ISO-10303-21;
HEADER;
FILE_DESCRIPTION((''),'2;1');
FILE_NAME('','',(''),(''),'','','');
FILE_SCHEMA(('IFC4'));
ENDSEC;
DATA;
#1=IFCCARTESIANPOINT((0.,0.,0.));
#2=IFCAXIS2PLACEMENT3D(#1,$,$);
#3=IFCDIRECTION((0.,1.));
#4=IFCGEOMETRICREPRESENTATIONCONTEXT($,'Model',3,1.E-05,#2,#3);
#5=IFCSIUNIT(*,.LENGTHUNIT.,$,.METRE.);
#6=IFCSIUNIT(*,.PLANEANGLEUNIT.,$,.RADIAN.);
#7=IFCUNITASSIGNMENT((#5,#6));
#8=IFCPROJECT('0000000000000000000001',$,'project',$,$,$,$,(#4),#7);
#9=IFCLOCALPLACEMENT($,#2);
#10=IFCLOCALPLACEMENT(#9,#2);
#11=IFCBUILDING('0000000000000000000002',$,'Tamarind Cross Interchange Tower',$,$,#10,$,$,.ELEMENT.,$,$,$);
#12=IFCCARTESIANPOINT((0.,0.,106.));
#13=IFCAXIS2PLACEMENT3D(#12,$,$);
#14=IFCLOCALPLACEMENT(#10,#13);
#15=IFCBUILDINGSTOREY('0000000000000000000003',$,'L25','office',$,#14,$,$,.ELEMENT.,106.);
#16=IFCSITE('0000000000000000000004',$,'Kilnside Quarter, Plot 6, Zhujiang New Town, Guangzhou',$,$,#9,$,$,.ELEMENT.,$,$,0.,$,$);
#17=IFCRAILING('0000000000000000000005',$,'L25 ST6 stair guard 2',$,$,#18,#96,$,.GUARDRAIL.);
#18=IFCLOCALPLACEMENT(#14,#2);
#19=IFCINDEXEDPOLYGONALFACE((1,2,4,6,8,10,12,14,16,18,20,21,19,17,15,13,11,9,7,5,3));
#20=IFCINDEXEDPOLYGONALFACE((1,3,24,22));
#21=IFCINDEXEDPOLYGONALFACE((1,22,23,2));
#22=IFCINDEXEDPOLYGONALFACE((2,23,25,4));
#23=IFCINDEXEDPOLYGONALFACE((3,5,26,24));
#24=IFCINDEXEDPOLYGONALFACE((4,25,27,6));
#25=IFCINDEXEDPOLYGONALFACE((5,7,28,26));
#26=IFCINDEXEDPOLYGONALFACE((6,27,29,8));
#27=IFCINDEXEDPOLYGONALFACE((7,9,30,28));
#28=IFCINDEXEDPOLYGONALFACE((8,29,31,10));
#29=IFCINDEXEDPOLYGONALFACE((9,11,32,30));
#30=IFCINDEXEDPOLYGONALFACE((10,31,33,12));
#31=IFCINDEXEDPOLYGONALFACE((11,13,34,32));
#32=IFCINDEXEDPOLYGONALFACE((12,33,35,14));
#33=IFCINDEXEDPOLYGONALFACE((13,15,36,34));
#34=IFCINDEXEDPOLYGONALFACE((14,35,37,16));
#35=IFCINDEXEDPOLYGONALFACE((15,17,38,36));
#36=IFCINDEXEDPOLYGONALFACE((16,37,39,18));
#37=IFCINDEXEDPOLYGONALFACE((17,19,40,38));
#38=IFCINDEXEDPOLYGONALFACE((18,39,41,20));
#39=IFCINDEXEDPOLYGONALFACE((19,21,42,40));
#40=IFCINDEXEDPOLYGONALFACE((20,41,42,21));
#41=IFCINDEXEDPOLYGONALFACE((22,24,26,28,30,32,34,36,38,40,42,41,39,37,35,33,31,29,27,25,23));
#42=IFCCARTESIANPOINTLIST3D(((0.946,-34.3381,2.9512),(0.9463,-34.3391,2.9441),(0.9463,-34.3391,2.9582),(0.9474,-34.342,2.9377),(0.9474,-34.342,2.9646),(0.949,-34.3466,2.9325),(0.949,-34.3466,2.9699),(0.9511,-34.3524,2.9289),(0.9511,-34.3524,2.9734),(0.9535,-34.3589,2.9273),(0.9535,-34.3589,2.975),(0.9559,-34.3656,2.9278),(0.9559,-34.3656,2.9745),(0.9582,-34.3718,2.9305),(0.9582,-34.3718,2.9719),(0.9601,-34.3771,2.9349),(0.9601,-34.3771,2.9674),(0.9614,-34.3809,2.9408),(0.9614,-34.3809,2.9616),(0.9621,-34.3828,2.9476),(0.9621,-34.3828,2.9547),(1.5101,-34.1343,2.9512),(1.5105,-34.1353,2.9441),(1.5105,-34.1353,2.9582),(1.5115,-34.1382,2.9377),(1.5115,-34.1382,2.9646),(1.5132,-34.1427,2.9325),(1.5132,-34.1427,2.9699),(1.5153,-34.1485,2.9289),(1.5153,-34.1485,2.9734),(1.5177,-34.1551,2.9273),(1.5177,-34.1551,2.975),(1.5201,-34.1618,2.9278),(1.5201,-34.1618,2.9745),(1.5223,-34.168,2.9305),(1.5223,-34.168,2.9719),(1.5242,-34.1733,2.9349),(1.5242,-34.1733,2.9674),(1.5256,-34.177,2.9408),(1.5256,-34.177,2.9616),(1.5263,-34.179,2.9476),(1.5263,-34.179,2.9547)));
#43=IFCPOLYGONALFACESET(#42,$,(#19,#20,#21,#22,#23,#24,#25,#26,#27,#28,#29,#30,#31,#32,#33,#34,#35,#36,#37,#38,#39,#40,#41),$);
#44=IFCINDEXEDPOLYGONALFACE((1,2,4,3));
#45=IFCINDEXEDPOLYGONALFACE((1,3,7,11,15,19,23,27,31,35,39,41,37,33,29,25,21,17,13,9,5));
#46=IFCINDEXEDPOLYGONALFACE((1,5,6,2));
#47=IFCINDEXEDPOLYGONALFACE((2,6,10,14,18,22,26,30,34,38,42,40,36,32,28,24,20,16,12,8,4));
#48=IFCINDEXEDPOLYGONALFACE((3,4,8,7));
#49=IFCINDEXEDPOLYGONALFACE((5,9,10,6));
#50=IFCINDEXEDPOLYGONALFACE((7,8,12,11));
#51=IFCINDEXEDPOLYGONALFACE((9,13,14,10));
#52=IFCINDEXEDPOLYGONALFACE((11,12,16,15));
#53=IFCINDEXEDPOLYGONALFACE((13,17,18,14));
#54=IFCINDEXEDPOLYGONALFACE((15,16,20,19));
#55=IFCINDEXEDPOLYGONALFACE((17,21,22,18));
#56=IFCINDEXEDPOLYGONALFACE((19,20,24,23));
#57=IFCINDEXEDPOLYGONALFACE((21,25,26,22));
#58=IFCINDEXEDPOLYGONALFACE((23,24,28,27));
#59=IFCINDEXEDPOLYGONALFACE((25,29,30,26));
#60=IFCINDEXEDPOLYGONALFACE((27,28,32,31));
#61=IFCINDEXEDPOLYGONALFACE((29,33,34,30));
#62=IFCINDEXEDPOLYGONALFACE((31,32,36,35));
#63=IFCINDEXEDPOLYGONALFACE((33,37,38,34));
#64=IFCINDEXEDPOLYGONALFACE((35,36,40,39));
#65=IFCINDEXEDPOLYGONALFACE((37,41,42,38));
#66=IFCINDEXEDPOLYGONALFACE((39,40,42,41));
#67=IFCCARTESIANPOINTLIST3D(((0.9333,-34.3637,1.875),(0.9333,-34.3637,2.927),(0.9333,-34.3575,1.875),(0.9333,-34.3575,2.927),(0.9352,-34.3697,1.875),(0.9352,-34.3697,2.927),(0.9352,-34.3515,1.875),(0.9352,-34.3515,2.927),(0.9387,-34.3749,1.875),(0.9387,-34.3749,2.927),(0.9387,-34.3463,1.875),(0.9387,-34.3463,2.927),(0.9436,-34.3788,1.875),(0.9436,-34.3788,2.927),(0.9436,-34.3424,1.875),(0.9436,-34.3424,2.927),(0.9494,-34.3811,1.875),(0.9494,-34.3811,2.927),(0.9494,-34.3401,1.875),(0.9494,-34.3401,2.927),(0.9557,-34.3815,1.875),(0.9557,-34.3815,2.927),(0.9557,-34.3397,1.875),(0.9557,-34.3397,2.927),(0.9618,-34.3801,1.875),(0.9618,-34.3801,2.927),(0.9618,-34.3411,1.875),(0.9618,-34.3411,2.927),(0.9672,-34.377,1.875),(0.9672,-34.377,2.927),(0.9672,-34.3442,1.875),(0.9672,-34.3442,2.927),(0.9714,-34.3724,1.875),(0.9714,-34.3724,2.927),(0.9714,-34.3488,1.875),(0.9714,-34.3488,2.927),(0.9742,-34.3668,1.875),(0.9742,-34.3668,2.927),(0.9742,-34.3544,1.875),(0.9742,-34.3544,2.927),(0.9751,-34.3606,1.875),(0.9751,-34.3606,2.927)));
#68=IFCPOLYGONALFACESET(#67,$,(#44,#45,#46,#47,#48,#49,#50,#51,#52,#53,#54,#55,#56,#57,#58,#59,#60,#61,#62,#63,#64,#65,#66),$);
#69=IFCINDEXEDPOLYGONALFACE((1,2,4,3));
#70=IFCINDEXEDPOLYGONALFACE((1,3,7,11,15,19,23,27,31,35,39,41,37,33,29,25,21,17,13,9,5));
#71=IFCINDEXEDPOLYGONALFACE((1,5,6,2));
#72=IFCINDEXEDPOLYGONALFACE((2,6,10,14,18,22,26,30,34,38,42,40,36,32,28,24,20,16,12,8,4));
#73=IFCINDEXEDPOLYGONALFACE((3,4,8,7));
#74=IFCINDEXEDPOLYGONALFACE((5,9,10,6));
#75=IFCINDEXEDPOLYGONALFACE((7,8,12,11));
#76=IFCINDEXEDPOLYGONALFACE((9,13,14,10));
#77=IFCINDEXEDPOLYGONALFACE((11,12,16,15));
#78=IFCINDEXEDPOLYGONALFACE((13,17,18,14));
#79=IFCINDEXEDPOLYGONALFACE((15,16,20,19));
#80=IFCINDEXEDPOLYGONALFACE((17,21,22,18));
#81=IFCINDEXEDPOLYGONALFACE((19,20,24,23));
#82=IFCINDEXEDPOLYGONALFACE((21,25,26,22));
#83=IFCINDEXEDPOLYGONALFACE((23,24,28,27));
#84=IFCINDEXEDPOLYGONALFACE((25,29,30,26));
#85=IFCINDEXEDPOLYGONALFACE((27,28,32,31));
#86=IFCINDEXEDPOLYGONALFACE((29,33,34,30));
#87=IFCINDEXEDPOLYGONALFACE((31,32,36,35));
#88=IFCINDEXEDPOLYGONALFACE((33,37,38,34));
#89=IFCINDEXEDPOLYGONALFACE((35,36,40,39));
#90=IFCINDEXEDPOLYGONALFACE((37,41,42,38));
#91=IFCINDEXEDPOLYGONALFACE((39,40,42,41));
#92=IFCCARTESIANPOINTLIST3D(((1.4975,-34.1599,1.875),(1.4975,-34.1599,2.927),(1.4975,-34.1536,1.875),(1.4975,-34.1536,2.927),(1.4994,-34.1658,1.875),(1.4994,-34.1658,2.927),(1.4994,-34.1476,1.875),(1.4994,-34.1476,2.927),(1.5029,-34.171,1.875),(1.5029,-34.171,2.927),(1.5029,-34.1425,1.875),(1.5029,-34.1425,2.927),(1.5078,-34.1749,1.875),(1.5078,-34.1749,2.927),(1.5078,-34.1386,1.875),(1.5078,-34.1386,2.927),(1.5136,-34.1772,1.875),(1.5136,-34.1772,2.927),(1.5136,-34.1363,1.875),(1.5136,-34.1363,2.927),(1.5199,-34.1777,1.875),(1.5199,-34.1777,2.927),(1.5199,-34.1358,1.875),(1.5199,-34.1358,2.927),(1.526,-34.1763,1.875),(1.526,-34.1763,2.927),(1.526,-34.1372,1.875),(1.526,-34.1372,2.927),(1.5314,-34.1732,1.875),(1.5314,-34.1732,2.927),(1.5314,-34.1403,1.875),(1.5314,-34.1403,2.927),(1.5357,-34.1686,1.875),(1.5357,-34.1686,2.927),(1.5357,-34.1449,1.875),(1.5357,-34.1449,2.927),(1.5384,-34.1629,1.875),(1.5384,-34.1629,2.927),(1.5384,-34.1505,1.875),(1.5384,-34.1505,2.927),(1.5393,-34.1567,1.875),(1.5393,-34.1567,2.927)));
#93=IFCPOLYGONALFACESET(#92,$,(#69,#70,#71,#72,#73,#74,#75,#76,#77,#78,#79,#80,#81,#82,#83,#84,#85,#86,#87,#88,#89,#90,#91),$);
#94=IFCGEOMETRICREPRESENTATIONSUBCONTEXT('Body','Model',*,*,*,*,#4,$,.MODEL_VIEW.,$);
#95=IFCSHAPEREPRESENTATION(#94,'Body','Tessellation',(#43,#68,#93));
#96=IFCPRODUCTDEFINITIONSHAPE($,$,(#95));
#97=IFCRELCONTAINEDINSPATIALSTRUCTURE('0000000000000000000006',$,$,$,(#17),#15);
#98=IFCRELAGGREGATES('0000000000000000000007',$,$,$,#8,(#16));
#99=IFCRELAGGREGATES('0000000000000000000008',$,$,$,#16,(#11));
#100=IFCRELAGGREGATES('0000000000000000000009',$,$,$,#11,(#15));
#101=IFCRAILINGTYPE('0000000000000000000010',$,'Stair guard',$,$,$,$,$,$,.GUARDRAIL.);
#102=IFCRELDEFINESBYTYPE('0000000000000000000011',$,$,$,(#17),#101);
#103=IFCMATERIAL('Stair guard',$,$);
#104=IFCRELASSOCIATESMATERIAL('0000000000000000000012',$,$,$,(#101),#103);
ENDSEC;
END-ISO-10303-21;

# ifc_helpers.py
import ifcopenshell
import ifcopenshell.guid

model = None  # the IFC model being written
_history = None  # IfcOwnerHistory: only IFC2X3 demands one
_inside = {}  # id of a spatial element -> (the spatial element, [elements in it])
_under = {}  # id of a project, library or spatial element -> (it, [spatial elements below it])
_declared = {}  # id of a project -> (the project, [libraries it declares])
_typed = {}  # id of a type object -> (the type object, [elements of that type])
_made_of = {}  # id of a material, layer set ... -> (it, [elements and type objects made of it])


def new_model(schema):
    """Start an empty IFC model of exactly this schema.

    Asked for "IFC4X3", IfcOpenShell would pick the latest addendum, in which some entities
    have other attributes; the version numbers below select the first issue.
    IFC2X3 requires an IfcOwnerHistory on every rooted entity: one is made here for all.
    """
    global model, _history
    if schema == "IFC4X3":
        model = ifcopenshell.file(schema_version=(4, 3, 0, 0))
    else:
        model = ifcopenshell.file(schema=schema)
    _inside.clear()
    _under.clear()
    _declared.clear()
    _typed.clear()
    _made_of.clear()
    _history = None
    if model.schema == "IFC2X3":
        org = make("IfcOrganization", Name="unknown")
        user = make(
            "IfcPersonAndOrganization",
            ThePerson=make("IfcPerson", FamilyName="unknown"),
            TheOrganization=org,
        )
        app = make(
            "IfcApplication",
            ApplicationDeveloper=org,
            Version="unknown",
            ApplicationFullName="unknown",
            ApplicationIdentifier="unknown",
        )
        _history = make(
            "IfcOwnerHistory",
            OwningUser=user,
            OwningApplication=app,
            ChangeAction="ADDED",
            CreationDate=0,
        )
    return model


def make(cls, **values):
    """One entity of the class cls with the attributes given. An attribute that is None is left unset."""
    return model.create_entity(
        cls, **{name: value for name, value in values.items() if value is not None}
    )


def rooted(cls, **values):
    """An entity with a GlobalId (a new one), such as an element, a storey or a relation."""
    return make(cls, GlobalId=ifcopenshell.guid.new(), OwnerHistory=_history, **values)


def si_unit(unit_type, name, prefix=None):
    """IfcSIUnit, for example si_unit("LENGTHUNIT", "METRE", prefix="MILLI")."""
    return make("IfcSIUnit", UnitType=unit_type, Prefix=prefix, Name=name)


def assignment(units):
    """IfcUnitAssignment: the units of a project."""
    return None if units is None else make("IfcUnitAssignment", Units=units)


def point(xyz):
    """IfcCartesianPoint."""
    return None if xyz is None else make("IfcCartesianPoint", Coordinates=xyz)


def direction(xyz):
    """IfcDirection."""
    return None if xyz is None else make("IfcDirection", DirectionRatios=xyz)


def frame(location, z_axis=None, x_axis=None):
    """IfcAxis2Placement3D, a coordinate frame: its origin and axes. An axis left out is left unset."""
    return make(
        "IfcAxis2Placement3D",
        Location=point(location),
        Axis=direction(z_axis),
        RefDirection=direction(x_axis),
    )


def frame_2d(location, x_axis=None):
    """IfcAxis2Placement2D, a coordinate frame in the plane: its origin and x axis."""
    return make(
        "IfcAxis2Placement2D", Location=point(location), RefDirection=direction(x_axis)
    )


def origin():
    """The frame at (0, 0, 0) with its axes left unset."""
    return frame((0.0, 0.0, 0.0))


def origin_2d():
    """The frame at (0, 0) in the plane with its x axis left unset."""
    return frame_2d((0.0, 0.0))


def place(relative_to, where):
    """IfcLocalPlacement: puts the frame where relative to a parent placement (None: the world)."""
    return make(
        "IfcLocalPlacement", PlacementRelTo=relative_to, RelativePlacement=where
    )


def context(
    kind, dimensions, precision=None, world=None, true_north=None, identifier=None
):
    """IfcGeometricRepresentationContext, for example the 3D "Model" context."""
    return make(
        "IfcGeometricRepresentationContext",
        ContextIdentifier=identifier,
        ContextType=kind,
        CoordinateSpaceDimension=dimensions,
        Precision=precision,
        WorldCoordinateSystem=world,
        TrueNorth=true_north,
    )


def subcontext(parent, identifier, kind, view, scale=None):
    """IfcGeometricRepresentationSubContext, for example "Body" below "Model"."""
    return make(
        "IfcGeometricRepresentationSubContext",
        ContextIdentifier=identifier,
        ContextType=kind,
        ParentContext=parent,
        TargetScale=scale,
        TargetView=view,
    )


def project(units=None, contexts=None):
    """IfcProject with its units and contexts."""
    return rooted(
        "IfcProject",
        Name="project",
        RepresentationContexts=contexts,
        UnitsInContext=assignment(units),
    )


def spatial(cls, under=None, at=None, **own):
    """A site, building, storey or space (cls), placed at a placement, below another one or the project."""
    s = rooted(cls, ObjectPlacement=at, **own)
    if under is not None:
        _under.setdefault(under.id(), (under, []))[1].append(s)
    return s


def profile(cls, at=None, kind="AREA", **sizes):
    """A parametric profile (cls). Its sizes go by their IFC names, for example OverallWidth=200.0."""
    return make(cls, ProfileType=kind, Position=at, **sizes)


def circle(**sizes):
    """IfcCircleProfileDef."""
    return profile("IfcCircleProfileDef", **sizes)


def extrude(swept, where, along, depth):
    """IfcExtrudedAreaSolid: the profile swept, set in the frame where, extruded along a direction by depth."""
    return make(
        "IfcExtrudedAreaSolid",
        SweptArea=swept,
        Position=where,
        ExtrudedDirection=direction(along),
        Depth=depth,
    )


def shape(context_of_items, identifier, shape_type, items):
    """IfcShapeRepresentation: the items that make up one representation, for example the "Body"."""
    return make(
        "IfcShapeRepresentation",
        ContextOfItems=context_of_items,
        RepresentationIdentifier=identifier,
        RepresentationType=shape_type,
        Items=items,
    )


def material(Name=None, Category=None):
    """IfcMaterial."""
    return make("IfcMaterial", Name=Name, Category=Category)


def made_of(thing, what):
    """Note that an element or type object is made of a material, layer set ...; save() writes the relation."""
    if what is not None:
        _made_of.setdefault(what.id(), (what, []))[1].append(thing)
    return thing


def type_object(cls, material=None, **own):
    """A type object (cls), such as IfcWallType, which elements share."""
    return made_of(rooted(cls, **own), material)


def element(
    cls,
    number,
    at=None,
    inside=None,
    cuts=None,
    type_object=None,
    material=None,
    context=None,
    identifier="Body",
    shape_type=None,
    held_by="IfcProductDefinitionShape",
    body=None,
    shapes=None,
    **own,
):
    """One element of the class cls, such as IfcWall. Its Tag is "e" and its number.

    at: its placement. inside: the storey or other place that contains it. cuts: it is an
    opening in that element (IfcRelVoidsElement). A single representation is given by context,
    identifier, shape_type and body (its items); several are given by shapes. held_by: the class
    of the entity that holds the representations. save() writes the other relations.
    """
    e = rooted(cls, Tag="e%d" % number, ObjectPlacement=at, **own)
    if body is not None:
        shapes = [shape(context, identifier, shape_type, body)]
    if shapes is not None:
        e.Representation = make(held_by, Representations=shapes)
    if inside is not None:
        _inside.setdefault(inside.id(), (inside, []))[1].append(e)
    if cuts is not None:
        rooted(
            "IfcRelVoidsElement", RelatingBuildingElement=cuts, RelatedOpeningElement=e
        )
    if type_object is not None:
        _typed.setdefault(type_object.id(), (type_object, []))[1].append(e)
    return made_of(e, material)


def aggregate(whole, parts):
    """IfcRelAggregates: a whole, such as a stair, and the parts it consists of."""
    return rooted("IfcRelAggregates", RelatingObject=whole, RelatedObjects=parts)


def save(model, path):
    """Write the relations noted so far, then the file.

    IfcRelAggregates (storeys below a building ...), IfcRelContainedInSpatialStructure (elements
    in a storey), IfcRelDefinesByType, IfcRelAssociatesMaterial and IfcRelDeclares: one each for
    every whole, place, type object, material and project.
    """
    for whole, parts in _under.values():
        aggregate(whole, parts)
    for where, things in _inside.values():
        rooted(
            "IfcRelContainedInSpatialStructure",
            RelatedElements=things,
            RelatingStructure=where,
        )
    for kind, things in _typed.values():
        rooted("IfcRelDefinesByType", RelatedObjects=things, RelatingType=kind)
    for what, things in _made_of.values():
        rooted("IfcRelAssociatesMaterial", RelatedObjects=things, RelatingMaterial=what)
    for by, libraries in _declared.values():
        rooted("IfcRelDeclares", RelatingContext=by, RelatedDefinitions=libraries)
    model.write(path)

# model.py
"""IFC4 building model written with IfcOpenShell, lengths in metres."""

from ifc_helpers import new_model, si_unit, direction, frame, origin, origin_2d, place, context, subcontext, project, spatial, circle, extrude, material, type_object, element, save


model = new_model("IFC4")

# Units and contexts
model_context = context("Model", 3, precision=1e-05, world=origin(), true_north=direction((0.0, 1.0)))
body_context = subcontext(model_context, "Body", "Model", "MODEL_VIEW")
ifc_project = project(units=[si_unit("LENGTHUNIT", "METRE"), si_unit("PLANEANGLEUNIT", "RADIAN")], contexts=[model_context])

# Site, building, storey
site_placement = place(None, origin())
site = spatial("IfcSite", under=ifc_project, at=site_placement, Name="Kilnside Quarter, Plot 6, Zhujiang New Town, Guangzhou", CompositionType="ELEMENT", RefElevation=0.0)
building_placement = place(site_placement, origin())
building = spatial("IfcBuilding", under=site, at=building_placement, Name="Tamarind Cross Interchange Tower", CompositionType="ELEMENT")
storey_placement = place(building_placement, frame((0.0, 0.0, 106.0)))
storey = spatial("IfcBuildingStorey", under=building, at=storey_placement, Name="L25", Description="office", CompositionType="ELEMENT", Elevation=106.0)

# Railing
ifc_material_1 = material(Name="Stair guard")
railing_type_1 = type_object("IfcRailingType", Name="Stair guard", PredefinedType="GUARDRAIL", material=ifc_material_1)
railing_1_placement = place(storey_placement, frame((0.9541, -34.3606, 1.875)))
element("IfcRailing", 1, at=railing_1_placement, inside=storey, type_object=railing_type_1, Name="L25 ST6 stair guard 2", PredefinedType="GUARDRAIL", context=body_context, shape_type="SweptSolid", body=[
    extrude(circle(Radius=0.0239, at=origin_2d()), frame((0.0, 0.0, 1.0762), z_axis=(0.940492, 0.339814, 0.0), x_axis=(-0.339814, 0.940492, 0.0)), (0.0, 0.0, 1.0), 0.5999),
    extrude(circle(Radius=0.021, at=origin_2d()), origin(), (0.0, 0.0, 1.0), 1.052),
    extrude(circle(Radius=0.021, at=origin_2d()), frame((0.5642, 0.2039, 0.0)), (0.0, 0.0, 1.0), 1.052),
])

save(model, "model.ifc")
